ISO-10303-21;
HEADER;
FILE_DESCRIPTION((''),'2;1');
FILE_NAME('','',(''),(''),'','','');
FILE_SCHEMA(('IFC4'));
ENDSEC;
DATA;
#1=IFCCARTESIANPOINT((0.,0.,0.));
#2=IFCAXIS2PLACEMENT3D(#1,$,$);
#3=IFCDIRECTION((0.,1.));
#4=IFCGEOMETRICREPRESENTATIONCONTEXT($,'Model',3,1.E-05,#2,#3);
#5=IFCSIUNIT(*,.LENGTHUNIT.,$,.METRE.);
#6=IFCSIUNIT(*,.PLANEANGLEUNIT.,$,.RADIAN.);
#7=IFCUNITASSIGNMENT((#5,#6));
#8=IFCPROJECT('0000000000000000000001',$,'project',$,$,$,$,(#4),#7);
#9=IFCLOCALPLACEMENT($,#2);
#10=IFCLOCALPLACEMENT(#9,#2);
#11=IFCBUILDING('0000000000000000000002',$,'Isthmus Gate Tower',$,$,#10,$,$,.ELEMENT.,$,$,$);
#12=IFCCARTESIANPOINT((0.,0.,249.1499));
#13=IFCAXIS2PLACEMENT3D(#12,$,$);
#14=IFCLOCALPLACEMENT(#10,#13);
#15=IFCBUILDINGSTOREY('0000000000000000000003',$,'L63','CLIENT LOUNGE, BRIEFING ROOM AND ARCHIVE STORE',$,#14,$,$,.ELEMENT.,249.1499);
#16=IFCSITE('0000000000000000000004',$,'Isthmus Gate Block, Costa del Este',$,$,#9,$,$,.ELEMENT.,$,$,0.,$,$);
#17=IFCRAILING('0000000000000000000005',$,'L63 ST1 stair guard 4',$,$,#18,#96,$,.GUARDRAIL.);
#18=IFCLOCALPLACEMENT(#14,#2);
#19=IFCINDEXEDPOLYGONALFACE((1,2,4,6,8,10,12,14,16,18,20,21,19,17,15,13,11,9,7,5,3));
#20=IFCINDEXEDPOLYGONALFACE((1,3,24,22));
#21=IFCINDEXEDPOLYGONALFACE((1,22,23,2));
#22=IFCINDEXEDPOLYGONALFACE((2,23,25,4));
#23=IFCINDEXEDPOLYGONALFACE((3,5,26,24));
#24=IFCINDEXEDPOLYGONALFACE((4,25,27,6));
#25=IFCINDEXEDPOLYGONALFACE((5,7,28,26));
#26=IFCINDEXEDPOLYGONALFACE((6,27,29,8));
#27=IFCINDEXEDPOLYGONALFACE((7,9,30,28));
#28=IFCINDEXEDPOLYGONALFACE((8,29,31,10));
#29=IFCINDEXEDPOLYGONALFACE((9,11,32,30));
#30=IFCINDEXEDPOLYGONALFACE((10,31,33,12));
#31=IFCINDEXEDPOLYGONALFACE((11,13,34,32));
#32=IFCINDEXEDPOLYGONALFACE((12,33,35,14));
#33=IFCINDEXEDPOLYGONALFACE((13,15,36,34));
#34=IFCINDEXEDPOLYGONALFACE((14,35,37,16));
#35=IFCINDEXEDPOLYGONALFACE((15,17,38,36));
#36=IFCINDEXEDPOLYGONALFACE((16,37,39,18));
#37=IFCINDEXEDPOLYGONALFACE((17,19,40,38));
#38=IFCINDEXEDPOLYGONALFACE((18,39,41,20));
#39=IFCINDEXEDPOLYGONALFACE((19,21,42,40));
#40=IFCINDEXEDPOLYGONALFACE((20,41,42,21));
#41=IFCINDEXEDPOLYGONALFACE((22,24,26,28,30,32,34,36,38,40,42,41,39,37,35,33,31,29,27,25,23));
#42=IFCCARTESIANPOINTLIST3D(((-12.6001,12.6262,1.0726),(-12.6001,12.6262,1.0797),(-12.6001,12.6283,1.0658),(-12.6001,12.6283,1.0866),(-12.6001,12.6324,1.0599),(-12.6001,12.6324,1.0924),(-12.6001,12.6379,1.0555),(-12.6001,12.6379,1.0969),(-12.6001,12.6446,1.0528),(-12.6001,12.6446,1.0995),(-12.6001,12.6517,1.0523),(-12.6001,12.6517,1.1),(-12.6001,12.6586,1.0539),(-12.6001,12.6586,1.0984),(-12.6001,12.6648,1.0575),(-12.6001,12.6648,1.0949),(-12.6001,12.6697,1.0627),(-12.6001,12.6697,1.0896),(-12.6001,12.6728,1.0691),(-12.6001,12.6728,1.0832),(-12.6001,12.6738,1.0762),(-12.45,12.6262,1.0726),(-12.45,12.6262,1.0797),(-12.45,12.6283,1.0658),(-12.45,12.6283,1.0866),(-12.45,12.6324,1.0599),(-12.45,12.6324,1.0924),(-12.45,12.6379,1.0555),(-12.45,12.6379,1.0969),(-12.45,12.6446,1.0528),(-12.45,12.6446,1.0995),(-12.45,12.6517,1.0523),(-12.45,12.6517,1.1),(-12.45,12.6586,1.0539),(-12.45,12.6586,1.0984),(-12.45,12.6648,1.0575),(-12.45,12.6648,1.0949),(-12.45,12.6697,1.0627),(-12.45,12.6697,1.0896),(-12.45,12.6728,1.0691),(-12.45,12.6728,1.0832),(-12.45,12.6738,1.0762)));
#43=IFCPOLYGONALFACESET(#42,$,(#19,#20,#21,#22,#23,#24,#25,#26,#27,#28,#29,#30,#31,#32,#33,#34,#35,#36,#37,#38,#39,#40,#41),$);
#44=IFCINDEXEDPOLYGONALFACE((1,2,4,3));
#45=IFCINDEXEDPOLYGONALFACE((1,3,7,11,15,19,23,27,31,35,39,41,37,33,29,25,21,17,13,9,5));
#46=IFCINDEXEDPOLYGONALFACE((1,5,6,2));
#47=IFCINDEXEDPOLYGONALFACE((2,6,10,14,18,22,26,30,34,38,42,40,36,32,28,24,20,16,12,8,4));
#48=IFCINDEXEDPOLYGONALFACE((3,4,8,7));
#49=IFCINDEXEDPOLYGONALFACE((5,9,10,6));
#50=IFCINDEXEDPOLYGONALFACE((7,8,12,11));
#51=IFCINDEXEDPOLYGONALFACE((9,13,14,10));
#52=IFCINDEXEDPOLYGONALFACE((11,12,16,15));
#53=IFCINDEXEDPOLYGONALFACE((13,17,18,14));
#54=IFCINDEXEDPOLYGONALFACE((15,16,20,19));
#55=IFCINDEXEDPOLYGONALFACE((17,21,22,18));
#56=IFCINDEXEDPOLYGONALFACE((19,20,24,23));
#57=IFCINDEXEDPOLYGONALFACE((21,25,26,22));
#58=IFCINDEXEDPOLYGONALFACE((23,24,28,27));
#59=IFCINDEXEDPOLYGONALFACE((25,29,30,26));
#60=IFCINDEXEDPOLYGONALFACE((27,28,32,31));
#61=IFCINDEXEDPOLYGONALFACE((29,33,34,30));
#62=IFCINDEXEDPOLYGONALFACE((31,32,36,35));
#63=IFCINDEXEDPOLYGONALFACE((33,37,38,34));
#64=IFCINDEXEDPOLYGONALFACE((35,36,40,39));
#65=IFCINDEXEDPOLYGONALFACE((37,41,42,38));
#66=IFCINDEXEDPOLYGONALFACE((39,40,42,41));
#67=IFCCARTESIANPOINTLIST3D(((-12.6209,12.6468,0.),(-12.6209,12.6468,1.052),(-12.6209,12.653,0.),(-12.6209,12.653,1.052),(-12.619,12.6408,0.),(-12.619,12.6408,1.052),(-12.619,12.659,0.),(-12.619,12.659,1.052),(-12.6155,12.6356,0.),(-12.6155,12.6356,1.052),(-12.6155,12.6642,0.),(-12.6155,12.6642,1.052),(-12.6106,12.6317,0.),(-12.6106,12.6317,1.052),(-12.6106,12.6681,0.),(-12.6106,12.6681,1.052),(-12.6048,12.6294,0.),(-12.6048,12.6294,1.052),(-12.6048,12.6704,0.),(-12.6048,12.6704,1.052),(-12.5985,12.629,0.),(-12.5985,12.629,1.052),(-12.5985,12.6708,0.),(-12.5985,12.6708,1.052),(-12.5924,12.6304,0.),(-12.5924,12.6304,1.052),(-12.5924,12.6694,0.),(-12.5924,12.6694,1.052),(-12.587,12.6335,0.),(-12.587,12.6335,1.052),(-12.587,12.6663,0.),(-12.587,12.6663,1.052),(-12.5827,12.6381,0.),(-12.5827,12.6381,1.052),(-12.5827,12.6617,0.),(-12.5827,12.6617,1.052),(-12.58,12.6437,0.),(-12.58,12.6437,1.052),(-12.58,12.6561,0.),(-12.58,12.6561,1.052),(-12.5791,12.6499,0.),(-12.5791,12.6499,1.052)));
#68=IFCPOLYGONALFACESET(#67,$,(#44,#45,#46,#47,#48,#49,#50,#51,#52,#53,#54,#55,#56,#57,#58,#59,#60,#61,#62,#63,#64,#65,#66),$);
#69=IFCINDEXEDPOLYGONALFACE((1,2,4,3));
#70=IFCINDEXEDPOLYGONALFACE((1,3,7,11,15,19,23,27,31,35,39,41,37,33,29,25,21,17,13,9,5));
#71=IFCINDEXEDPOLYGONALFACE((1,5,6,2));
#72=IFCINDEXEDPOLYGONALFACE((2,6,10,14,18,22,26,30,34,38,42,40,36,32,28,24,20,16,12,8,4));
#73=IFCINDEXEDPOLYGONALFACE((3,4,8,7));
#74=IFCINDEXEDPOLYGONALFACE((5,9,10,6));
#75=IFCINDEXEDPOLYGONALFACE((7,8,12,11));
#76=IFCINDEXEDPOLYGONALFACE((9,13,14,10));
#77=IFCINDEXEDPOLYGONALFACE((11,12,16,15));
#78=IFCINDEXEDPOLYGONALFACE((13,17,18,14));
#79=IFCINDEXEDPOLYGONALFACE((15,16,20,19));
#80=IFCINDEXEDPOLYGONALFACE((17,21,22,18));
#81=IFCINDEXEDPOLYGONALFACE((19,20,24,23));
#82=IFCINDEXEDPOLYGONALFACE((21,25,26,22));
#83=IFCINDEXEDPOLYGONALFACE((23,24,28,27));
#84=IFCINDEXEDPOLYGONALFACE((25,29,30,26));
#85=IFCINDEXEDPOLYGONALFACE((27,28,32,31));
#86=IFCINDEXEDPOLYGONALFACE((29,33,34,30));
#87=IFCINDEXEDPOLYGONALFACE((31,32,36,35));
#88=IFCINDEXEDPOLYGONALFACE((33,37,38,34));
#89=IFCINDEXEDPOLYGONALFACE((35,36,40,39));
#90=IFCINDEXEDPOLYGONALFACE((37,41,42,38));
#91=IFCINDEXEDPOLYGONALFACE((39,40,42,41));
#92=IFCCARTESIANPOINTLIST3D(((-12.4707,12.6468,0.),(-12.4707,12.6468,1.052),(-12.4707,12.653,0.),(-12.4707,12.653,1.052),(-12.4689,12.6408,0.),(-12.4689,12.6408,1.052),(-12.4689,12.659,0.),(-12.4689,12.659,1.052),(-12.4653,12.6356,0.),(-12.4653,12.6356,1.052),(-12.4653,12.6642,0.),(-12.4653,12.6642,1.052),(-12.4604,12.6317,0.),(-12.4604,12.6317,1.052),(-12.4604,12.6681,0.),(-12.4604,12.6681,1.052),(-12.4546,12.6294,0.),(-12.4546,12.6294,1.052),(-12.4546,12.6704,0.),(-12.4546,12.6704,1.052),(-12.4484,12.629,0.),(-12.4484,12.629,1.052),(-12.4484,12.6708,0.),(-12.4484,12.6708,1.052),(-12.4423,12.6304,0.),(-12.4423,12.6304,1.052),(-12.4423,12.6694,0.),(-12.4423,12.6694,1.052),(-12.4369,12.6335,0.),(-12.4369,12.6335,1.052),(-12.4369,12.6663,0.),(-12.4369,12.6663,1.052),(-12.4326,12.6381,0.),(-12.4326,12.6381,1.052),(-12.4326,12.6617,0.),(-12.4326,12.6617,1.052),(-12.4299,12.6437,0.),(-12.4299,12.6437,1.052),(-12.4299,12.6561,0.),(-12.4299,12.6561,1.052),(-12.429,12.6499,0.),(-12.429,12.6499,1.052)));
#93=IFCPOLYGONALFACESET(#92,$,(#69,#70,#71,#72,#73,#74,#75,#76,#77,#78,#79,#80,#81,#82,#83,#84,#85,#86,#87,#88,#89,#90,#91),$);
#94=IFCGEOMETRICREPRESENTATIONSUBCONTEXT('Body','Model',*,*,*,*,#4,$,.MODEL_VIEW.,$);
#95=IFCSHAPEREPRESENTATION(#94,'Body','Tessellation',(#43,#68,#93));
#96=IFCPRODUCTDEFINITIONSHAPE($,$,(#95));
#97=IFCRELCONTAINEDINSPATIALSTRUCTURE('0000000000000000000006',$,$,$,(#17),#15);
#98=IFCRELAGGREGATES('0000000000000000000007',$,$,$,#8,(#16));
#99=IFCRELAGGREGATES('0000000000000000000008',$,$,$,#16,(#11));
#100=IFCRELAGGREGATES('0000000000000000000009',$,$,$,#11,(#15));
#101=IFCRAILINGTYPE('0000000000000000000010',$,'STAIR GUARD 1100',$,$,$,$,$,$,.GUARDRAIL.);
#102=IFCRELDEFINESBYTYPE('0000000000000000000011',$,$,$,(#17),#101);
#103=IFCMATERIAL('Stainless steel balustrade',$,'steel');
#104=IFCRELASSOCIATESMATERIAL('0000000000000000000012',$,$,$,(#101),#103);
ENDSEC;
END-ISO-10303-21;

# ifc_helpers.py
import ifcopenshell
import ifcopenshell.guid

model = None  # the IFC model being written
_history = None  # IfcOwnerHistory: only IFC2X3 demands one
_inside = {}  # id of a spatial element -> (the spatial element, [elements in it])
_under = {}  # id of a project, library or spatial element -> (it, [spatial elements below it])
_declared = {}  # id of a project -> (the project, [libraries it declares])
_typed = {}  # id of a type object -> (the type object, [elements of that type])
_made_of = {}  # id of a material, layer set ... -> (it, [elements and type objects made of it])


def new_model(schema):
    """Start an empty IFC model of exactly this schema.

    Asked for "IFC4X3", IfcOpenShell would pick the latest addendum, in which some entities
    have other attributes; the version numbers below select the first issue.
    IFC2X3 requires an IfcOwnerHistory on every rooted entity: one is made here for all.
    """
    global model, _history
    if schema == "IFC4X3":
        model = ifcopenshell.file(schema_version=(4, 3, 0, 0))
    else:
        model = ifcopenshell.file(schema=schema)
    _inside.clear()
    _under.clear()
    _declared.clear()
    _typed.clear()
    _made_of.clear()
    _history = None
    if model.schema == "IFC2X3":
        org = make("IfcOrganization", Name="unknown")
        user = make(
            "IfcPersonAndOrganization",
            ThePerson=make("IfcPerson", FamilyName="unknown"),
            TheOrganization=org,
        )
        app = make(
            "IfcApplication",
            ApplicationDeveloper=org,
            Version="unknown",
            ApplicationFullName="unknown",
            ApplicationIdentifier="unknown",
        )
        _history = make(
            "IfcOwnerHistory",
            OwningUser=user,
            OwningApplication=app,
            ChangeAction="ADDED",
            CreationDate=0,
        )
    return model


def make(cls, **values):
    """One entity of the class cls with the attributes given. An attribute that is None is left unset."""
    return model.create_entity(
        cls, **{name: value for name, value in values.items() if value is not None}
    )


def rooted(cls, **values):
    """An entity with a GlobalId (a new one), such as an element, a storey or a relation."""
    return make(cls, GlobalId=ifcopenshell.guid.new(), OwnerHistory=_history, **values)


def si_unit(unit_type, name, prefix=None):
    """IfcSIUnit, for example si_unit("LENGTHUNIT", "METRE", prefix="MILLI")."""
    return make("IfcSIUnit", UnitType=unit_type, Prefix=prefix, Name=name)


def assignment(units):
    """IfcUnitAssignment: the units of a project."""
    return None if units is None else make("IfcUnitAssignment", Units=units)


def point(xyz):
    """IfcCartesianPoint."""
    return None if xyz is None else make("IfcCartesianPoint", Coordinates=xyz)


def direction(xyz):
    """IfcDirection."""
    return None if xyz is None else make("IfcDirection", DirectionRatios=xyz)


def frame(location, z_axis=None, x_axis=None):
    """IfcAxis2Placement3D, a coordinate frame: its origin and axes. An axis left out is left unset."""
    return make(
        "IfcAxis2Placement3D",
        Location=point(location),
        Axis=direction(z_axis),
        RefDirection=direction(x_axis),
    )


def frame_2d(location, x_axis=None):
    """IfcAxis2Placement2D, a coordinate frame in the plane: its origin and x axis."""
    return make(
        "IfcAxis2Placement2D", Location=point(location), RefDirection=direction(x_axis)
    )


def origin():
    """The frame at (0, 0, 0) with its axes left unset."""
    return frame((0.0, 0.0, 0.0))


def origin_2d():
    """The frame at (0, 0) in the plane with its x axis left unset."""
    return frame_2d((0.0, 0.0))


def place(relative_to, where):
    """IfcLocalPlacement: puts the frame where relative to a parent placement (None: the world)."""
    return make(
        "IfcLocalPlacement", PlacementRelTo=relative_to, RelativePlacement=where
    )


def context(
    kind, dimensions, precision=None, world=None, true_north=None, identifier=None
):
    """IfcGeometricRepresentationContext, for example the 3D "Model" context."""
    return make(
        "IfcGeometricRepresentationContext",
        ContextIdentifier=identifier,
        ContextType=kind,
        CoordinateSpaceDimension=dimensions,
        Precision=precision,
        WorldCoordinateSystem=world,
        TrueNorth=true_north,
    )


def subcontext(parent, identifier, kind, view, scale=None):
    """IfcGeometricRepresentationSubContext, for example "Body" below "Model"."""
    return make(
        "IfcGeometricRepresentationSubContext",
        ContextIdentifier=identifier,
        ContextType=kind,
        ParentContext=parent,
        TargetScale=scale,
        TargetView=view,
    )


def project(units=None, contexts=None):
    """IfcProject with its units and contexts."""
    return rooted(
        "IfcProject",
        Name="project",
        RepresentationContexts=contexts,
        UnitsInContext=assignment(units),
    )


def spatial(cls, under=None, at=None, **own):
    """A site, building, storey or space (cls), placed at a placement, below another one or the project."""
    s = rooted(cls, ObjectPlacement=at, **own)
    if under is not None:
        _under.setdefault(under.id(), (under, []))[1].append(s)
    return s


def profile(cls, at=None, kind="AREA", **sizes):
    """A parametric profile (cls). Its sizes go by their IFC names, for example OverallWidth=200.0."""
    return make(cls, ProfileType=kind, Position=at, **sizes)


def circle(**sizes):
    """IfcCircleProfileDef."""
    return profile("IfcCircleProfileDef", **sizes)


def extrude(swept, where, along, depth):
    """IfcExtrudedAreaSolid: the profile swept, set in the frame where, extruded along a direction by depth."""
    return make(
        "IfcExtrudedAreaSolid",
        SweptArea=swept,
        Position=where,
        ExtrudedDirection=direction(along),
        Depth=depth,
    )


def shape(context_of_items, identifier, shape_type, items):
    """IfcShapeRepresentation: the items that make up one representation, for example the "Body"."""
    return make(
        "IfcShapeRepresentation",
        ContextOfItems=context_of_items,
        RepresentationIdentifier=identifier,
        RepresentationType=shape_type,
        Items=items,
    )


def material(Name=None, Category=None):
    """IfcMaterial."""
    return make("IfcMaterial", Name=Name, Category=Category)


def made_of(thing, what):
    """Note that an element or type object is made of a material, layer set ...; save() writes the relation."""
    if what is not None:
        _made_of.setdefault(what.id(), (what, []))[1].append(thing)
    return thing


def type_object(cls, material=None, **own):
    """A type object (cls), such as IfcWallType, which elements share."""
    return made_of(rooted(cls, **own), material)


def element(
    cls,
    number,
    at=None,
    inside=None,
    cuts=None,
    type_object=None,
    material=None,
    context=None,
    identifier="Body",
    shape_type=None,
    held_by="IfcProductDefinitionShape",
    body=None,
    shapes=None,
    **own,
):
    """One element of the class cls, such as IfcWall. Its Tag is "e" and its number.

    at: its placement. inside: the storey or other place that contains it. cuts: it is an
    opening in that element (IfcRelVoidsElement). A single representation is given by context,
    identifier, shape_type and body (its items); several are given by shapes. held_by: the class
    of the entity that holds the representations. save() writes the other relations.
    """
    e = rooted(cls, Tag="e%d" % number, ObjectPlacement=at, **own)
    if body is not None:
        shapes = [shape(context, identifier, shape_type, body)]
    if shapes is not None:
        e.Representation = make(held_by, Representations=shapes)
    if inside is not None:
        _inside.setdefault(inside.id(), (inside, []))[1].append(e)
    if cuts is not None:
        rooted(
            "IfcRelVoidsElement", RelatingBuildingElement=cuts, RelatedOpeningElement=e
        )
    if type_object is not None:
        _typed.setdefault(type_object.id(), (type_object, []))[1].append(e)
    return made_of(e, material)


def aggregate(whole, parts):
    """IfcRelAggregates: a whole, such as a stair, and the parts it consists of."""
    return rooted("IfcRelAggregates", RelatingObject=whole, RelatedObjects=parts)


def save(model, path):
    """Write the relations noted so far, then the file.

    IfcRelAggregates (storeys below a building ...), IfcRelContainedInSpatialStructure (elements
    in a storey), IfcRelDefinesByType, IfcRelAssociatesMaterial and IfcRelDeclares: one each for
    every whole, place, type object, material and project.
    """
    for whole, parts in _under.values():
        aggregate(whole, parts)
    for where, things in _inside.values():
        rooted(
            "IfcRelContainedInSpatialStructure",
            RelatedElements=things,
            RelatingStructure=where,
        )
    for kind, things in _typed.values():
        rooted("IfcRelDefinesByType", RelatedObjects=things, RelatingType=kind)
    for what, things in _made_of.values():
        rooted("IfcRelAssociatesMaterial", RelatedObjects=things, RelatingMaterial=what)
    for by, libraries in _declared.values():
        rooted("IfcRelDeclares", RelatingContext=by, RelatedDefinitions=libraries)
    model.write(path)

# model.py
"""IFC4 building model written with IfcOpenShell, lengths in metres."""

from ifc_helpers import new_model, si_unit, direction, frame, origin, origin_2d, place, context, subcontext, project, spatial, circle, extrude, material, type_object, element, save


model = new_model("IFC4")

# Units and contexts
model_context = context("Model", 3, precision=1e-05, world=origin(), true_north=direction((0.0, 1.0)))
body_context = subcontext(model_context, "Body", "Model", "MODEL_VIEW")
ifc_project = project(units=[si_unit("LENGTHUNIT", "METRE"), si_unit("PLANEANGLEUNIT", "RADIAN")], contexts=[model_context])

# Site, building, storey
site_placement = place(None, origin())
site = spatial("IfcSite", under=ifc_project, at=site_placement, Name="Isthmus Gate Block, Costa del Este", CompositionType="ELEMENT", RefElevation=0.0)
building_placement = place(site_placement, origin())
building = spatial("IfcBuilding", under=site, at=building_placement, Name="Isthmus Gate Tower", CompositionType="ELEMENT")
storey_placement = place(building_placement, frame((0.0, 0.0, 249.1499)))
storey = spatial("IfcBuildingStorey", under=building, at=storey_placement, Name="L63", Description="CLIENT LOUNGE, BRIEFING ROOM AND ARCHIVE STORE", CompositionType="ELEMENT", Elevation=249.1499)

# Railing
ifc_material_1 = material(Name="Stainless steel balustrade", Category="steel")
railing_type_1 = type_object("IfcRailingType", Name="STAIR GUARD 1100", PredefinedType="GUARDRAIL", material=ifc_material_1)
railing_1_placement = place(storey_placement, frame((-12.6001, 12.6499, 0.0)))
element("IfcRailing", 1, at=railing_1_placement, inside=storey, type_object=railing_type_1, Name="L63 ST1 stair guard 4", PredefinedType="GUARDRAIL", context=body_context, shape_type="SweptSolid", body=[
    extrude(circle(Radius=0.0239, at=origin_2d()), frame((0.0, 0.0, 1.0762), z_axis=(1.0, 0.0, 0.0), x_axis=(0.0, 1.0, 0.0)), (0.0, 0.0, 1.0), 0.1501),
    extrude(circle(Radius=0.021, at=origin_2d()), origin(), (0.0, 0.0, 1.0), 1.052),
    extrude(circle(Radius=0.021, at=origin_2d()), frame((0.1501, 0.0, 0.0)), (0.0, 0.0, 1.0), 1.052),
])

save(model, "model.ifc")
